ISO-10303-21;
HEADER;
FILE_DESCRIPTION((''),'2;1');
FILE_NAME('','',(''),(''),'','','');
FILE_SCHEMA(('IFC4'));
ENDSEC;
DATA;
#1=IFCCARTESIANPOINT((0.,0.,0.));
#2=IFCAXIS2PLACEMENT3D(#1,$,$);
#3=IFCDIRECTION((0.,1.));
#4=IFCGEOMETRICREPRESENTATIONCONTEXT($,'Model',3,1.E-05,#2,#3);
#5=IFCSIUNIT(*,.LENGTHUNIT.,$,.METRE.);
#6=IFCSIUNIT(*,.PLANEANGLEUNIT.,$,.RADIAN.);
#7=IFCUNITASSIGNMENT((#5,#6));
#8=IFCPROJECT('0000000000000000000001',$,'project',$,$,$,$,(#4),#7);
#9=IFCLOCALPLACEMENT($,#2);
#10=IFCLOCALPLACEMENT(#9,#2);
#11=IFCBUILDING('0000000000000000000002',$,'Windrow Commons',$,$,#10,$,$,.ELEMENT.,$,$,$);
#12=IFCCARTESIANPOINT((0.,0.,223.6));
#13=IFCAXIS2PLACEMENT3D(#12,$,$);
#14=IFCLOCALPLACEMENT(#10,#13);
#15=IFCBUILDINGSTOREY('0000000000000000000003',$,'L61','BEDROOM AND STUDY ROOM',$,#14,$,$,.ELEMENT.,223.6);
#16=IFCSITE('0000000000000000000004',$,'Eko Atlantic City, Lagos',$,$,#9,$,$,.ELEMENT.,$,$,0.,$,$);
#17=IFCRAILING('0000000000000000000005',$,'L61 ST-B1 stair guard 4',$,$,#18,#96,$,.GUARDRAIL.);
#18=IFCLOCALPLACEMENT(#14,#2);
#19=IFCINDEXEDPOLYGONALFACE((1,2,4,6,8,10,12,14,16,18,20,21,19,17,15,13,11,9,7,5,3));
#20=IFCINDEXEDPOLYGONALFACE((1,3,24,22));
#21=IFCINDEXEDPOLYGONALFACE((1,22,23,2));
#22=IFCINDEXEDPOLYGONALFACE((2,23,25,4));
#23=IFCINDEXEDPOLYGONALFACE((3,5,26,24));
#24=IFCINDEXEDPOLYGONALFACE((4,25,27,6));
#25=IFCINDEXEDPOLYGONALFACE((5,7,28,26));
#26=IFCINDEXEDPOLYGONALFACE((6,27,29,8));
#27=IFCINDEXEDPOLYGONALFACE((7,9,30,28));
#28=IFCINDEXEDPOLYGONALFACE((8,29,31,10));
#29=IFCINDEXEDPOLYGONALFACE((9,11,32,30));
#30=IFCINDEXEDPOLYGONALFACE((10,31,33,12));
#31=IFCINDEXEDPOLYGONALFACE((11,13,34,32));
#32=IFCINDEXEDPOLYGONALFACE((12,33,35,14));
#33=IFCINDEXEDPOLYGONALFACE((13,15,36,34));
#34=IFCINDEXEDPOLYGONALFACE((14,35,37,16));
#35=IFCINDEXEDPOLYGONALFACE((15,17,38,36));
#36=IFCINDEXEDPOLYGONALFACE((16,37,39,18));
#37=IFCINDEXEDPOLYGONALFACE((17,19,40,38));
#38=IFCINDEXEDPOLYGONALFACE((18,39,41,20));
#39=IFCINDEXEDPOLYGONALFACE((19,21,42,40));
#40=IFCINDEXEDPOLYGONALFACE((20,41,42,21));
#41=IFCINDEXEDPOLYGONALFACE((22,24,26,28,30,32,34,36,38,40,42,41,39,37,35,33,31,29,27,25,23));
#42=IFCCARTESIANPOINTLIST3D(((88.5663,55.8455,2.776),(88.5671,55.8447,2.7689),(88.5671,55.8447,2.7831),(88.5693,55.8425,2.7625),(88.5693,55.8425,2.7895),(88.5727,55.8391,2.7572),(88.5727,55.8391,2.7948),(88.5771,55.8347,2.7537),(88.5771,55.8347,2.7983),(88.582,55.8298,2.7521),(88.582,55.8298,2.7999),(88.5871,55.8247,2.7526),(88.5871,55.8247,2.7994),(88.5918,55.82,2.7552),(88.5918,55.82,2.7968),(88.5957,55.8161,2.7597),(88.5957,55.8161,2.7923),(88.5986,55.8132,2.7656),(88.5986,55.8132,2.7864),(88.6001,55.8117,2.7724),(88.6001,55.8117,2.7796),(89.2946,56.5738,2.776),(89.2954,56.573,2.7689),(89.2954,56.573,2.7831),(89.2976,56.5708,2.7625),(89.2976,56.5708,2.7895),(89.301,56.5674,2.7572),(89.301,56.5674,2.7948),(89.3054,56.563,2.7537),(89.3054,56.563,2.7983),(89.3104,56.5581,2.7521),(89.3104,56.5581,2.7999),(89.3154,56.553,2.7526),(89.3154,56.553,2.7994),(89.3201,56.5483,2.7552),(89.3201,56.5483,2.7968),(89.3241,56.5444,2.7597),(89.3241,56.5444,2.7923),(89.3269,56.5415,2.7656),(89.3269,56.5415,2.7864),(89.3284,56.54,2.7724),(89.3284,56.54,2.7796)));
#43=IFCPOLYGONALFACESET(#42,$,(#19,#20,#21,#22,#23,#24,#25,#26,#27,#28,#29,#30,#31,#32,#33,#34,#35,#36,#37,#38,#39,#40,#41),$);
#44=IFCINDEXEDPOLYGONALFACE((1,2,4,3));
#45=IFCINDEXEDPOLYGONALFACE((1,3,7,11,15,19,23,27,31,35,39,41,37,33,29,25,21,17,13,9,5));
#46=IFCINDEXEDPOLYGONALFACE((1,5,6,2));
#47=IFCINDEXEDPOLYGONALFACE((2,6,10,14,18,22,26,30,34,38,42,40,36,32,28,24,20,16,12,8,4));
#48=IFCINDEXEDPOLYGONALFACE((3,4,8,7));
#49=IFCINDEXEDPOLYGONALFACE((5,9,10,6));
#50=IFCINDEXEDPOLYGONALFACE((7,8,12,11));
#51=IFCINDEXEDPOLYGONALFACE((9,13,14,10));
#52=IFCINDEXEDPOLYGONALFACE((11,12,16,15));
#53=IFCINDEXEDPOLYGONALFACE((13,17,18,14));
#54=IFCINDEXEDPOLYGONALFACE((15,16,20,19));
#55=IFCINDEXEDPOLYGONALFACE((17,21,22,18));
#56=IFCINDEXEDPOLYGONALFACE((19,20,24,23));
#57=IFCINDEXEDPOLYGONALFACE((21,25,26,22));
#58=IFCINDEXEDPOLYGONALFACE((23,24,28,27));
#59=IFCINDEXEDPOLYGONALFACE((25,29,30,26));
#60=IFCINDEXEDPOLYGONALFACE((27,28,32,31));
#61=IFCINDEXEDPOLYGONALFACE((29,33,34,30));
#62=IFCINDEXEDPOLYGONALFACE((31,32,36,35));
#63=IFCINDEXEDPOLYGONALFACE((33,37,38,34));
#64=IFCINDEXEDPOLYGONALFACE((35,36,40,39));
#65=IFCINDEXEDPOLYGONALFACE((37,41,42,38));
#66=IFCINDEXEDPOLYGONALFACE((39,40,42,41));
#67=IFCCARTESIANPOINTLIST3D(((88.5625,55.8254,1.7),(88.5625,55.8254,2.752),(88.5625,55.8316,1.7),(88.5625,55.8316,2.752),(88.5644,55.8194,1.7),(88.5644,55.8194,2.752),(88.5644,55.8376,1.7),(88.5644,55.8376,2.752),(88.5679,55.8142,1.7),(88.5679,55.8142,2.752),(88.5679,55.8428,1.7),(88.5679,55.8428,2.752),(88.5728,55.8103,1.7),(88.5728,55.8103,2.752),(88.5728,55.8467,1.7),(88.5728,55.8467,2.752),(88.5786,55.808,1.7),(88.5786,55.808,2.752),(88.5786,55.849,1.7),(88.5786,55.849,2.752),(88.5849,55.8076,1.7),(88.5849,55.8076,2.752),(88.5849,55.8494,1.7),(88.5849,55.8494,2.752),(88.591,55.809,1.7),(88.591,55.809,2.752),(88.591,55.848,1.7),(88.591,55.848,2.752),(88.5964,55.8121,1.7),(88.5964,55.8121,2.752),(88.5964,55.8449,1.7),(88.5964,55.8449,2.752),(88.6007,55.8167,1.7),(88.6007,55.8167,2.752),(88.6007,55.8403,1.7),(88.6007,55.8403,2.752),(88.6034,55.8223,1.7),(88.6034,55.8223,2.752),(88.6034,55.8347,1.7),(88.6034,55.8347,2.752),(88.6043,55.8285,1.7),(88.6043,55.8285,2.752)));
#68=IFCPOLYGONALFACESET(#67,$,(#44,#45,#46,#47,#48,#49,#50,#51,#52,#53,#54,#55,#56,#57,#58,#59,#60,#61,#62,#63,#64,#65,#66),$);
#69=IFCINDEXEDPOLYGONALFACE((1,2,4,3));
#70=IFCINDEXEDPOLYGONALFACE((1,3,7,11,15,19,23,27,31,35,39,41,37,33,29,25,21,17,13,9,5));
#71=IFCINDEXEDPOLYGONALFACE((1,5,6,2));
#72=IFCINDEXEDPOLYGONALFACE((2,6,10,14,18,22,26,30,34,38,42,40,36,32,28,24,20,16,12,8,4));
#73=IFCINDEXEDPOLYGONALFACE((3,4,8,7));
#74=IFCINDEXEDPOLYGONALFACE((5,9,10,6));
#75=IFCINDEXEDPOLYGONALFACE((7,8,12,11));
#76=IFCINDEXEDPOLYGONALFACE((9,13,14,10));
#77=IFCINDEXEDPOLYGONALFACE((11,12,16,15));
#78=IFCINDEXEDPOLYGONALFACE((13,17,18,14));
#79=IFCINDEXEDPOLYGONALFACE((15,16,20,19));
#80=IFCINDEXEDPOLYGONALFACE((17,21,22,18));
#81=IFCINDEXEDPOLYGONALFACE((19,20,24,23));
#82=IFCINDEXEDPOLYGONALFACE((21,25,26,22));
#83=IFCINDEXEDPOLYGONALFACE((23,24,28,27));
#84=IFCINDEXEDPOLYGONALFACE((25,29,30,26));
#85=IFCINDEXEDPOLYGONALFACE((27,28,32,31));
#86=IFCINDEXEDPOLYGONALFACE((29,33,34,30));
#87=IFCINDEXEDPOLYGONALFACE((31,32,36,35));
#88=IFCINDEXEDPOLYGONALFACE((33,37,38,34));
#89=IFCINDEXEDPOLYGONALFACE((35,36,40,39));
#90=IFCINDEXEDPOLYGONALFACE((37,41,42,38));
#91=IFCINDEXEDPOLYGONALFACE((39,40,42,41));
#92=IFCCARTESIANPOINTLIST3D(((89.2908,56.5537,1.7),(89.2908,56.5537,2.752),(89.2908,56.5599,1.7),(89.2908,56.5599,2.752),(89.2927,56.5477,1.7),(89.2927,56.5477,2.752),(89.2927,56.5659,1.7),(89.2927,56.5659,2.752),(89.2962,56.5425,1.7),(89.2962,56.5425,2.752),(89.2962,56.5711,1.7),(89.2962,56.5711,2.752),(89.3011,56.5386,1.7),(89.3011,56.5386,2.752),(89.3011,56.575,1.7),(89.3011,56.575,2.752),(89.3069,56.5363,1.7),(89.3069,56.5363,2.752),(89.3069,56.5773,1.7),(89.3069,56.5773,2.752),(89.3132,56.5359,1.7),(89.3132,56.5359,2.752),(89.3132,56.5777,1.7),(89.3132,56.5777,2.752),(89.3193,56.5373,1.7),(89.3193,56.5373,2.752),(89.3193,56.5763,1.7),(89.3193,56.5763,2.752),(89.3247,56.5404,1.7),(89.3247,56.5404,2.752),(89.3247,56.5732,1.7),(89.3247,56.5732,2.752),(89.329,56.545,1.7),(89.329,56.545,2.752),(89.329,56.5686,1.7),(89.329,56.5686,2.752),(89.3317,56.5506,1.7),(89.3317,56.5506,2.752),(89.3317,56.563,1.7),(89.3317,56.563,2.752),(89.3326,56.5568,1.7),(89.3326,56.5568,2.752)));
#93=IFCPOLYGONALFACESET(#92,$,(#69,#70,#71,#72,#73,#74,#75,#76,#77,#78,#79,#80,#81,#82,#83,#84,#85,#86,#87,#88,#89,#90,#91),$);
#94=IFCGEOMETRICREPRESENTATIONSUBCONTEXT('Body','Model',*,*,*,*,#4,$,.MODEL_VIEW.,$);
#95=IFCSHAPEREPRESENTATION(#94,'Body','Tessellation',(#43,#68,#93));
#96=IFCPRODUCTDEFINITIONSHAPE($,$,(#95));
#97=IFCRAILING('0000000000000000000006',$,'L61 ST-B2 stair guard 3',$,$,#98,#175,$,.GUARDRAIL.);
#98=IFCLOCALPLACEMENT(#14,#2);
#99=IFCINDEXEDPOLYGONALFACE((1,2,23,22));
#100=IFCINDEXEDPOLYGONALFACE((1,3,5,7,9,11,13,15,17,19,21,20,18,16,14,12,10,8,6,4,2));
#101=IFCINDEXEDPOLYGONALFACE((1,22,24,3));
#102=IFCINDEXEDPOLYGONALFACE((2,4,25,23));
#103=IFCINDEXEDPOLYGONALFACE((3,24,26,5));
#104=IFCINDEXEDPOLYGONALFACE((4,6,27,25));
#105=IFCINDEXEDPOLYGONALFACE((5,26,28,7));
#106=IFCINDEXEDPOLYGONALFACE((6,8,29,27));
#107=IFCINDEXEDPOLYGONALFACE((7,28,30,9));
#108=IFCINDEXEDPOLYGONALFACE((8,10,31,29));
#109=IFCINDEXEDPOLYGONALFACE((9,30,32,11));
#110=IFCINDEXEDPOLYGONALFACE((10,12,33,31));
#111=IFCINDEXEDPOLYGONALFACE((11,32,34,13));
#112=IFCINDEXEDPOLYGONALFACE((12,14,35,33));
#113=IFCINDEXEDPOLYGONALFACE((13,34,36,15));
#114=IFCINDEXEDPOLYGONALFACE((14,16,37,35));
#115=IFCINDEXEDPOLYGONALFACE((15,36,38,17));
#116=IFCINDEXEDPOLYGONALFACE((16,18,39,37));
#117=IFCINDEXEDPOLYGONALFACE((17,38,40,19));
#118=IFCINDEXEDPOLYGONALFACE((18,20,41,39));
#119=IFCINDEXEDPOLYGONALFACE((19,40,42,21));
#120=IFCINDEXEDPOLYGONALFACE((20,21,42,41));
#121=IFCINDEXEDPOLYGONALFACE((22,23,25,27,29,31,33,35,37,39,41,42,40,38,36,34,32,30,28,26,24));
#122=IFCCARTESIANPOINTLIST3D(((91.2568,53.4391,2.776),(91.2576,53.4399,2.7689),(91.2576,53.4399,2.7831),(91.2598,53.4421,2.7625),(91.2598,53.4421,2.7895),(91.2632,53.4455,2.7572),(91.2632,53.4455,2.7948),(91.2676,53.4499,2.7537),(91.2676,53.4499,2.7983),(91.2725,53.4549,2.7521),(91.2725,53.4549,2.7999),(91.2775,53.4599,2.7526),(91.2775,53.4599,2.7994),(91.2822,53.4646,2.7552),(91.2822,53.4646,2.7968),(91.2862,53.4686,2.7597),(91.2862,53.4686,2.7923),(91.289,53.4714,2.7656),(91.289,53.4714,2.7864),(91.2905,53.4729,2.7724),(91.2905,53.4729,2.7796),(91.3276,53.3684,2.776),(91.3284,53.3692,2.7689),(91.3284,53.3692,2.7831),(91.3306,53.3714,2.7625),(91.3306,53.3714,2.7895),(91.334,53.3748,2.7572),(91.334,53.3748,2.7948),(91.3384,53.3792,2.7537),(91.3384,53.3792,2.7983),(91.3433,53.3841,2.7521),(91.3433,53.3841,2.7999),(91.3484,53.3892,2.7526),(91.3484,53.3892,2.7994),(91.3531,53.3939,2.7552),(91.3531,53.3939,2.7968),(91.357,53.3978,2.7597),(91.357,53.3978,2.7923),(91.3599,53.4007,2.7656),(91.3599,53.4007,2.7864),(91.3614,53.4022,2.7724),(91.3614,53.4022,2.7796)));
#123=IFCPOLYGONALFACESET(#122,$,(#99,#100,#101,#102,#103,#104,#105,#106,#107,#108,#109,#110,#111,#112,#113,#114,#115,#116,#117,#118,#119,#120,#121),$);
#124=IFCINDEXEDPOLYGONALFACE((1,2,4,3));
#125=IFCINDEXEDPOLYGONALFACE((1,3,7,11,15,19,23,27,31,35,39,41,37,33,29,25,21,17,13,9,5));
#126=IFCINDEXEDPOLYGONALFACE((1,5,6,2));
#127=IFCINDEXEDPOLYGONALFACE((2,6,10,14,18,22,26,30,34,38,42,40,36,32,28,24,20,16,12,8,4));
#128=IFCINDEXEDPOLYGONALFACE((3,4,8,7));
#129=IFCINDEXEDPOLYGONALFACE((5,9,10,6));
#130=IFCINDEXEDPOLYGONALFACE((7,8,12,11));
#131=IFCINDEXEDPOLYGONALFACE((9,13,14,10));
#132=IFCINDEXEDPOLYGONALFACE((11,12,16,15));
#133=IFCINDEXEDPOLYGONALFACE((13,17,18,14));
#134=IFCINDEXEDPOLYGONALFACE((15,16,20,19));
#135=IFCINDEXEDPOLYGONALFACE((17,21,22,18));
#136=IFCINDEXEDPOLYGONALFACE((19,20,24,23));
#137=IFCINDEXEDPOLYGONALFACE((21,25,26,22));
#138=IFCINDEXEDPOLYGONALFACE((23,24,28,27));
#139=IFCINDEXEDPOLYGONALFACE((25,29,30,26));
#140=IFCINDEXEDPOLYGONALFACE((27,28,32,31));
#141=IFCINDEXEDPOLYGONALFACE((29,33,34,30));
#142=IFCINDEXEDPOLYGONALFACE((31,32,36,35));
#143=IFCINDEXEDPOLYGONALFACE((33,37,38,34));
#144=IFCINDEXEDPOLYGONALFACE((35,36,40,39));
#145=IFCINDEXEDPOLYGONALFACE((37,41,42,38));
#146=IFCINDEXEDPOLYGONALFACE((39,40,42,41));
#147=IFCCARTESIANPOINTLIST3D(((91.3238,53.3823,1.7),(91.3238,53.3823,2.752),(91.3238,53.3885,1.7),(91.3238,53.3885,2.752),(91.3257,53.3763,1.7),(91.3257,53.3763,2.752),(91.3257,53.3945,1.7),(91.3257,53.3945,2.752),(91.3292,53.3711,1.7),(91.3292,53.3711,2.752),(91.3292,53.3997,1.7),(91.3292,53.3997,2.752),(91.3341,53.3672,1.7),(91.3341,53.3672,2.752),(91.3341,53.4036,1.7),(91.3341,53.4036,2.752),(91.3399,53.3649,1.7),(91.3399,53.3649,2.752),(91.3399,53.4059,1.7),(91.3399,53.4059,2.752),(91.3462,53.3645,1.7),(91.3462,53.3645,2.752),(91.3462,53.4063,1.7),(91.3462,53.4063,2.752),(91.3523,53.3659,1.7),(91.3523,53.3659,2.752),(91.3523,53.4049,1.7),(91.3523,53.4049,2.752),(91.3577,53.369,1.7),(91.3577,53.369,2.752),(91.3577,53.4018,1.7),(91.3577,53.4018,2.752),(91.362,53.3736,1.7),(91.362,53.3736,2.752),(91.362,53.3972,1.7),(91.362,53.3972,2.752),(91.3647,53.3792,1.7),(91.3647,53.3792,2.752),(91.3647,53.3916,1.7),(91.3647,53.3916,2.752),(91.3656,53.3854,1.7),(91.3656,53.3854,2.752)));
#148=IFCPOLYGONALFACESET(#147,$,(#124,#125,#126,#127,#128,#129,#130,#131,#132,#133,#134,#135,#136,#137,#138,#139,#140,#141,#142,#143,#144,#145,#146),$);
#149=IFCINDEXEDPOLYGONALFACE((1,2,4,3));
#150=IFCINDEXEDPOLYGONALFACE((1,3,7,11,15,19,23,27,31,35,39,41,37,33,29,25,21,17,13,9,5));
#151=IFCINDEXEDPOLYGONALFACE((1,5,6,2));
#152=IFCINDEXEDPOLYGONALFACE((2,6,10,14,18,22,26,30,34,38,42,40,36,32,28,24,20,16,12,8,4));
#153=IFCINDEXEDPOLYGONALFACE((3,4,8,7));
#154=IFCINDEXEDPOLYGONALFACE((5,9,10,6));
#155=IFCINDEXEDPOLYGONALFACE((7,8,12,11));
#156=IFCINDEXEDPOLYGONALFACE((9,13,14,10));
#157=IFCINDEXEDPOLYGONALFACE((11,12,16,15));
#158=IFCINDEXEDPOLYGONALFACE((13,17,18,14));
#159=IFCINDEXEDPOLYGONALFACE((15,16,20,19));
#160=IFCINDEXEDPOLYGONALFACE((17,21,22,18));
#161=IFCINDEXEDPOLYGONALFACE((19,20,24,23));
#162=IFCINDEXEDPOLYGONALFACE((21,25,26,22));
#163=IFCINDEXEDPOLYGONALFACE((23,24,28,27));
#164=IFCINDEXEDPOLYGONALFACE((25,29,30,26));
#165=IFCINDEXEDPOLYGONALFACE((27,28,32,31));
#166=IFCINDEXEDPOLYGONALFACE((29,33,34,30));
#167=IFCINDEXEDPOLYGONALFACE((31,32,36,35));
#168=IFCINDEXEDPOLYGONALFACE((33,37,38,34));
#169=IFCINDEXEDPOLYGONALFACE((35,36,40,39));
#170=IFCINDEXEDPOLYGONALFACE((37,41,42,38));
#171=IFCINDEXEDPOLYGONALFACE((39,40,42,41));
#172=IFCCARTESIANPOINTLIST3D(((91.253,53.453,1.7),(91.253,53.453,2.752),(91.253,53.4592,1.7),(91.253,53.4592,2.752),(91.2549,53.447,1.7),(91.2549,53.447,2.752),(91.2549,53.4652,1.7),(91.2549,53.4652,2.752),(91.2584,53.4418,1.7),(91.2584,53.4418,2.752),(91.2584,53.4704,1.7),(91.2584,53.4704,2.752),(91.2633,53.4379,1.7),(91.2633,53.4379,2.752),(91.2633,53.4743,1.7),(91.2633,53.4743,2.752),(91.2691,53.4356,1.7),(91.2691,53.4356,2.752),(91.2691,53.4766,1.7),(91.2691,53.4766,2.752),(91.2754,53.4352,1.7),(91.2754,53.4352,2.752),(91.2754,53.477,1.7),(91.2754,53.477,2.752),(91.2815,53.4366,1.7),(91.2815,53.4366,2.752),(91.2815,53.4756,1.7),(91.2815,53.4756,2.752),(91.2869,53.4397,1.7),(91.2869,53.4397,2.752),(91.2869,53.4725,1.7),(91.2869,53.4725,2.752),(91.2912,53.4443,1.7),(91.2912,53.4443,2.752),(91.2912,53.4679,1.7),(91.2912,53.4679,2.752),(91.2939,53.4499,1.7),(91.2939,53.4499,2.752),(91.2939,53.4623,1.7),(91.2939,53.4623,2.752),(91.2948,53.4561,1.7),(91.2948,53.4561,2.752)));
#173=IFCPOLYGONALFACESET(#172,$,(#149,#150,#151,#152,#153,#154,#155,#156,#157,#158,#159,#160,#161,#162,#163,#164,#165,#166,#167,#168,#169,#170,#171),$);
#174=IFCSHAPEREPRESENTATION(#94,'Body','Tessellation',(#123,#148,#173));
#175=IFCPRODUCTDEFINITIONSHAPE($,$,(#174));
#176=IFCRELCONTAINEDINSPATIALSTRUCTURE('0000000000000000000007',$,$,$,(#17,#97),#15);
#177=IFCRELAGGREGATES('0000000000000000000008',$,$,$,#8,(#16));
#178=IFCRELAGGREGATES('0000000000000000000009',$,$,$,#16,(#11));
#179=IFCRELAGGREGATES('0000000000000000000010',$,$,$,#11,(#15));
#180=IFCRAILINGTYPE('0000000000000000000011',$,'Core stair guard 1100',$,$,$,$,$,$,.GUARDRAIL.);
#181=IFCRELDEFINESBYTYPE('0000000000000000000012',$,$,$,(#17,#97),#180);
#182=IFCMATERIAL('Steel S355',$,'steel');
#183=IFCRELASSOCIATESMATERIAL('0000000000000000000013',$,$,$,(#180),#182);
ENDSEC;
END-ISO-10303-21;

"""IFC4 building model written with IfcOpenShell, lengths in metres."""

from ifc_helpers import new_model, si_unit, direction, frame, origin, origin_2d, place, context, subcontext, project, spatial, circle, extrude, material, type_object, element, save


model = new_model("IFC4")

# Units and contexts
model_context = context("Model", 3, precision=1e-05, world=origin(), true_north=direction((0.0, 1.0)))
body_context = subcontext(model_context, "Body", "Model", "MODEL_VIEW")
ifc_project = project(units=[si_unit("LENGTHUNIT", "METRE"), si_unit("PLANEANGLEUNIT", "RADIAN")], contexts=[model_context])

# Site, building, storey
site_placement = place(None, origin())
site = spatial("IfcSite", under=ifc_project, at=site_placement, Name="Eko Atlantic City, Lagos", CompositionType="ELEMENT", RefElevation=0.0)
building_placement = place(site_placement, origin())
building = spatial("IfcBuilding", under=site, at=building_placement, Name="Windrow Commons", CompositionType="ELEMENT")
storey_placement = place(building_placement, frame((0.0, 0.0, 223.6)))
storey = spatial("IfcBuildingStorey", under=building, at=storey_placement, Name="L61", Description="BEDROOM AND STUDY ROOM", CompositionType="ELEMENT", Elevation=223.6)

# Railings
ifc_material_1 = material(Name="Steel S355", Category="steel")
railing_type_1 = type_object("IfcRailingType", Name="Core stair guard 1100", PredefinedType="GUARDRAIL", material=ifc_material_1)
railing_1_placement = place(storey_placement, frame((88.5833, 55.8285, 1.7)))
element("IfcRailing", 1, at=railing_1_placement, inside=storey, type_object=railing_type_1, Name="L61 ST-B1 stair guard 4", PredefinedType="GUARDRAIL", context=body_context, shape_type="SweptSolid", body=[
    extrude(circle(Radius=0.024, at=origin_2d()), frame((0.0, 0.0, 1.076), z_axis=(0.707107, 0.707107, 0.0), x_axis=(-0.707107, 0.707107, 0.0)), (0.0, 0.0, 1.0), 1.03),
    extrude(circle(Radius=0.021, at=origin_2d()), origin(), (0.0, 0.0, 1.0), 1.052),
    extrude(circle(Radius=0.021, at=origin_2d()), frame((0.7283, 0.7283, 0.0)), (0.0, 0.0, 1.0), 1.052),
])
railing_2_placement = place(storey_placement, frame((91.3446, 53.3854, 1.7)))
element("IfcRailing", 2, at=railing_2_placement, inside=storey, type_object=railing_type_1, Name="L61 ST-B2 stair guard 3", PredefinedType="GUARDRAIL", context=body_context, shape_type="SweptSolid", body=[
    extrude(circle(Radius=0.024, at=origin_2d()), frame((0.0, 0.0, 1.076), z_axis=(-0.707606, 0.706607, 0.0), x_axis=(-0.706607, -0.707606, 0.0)), (0.0, 0.0, 1.0), 0.1001),
    extrude(circle(Radius=0.021, at=origin_2d()), origin(), (0.0, 0.0, 1.0), 1.052),
    extrude(circle(Radius=0.021, at=origin_2d()), frame((-0.0708, 0.0707, 0.0)), (0.0, 0.0, 1.0), 1.052),
])

save(model, "model.ifc")
